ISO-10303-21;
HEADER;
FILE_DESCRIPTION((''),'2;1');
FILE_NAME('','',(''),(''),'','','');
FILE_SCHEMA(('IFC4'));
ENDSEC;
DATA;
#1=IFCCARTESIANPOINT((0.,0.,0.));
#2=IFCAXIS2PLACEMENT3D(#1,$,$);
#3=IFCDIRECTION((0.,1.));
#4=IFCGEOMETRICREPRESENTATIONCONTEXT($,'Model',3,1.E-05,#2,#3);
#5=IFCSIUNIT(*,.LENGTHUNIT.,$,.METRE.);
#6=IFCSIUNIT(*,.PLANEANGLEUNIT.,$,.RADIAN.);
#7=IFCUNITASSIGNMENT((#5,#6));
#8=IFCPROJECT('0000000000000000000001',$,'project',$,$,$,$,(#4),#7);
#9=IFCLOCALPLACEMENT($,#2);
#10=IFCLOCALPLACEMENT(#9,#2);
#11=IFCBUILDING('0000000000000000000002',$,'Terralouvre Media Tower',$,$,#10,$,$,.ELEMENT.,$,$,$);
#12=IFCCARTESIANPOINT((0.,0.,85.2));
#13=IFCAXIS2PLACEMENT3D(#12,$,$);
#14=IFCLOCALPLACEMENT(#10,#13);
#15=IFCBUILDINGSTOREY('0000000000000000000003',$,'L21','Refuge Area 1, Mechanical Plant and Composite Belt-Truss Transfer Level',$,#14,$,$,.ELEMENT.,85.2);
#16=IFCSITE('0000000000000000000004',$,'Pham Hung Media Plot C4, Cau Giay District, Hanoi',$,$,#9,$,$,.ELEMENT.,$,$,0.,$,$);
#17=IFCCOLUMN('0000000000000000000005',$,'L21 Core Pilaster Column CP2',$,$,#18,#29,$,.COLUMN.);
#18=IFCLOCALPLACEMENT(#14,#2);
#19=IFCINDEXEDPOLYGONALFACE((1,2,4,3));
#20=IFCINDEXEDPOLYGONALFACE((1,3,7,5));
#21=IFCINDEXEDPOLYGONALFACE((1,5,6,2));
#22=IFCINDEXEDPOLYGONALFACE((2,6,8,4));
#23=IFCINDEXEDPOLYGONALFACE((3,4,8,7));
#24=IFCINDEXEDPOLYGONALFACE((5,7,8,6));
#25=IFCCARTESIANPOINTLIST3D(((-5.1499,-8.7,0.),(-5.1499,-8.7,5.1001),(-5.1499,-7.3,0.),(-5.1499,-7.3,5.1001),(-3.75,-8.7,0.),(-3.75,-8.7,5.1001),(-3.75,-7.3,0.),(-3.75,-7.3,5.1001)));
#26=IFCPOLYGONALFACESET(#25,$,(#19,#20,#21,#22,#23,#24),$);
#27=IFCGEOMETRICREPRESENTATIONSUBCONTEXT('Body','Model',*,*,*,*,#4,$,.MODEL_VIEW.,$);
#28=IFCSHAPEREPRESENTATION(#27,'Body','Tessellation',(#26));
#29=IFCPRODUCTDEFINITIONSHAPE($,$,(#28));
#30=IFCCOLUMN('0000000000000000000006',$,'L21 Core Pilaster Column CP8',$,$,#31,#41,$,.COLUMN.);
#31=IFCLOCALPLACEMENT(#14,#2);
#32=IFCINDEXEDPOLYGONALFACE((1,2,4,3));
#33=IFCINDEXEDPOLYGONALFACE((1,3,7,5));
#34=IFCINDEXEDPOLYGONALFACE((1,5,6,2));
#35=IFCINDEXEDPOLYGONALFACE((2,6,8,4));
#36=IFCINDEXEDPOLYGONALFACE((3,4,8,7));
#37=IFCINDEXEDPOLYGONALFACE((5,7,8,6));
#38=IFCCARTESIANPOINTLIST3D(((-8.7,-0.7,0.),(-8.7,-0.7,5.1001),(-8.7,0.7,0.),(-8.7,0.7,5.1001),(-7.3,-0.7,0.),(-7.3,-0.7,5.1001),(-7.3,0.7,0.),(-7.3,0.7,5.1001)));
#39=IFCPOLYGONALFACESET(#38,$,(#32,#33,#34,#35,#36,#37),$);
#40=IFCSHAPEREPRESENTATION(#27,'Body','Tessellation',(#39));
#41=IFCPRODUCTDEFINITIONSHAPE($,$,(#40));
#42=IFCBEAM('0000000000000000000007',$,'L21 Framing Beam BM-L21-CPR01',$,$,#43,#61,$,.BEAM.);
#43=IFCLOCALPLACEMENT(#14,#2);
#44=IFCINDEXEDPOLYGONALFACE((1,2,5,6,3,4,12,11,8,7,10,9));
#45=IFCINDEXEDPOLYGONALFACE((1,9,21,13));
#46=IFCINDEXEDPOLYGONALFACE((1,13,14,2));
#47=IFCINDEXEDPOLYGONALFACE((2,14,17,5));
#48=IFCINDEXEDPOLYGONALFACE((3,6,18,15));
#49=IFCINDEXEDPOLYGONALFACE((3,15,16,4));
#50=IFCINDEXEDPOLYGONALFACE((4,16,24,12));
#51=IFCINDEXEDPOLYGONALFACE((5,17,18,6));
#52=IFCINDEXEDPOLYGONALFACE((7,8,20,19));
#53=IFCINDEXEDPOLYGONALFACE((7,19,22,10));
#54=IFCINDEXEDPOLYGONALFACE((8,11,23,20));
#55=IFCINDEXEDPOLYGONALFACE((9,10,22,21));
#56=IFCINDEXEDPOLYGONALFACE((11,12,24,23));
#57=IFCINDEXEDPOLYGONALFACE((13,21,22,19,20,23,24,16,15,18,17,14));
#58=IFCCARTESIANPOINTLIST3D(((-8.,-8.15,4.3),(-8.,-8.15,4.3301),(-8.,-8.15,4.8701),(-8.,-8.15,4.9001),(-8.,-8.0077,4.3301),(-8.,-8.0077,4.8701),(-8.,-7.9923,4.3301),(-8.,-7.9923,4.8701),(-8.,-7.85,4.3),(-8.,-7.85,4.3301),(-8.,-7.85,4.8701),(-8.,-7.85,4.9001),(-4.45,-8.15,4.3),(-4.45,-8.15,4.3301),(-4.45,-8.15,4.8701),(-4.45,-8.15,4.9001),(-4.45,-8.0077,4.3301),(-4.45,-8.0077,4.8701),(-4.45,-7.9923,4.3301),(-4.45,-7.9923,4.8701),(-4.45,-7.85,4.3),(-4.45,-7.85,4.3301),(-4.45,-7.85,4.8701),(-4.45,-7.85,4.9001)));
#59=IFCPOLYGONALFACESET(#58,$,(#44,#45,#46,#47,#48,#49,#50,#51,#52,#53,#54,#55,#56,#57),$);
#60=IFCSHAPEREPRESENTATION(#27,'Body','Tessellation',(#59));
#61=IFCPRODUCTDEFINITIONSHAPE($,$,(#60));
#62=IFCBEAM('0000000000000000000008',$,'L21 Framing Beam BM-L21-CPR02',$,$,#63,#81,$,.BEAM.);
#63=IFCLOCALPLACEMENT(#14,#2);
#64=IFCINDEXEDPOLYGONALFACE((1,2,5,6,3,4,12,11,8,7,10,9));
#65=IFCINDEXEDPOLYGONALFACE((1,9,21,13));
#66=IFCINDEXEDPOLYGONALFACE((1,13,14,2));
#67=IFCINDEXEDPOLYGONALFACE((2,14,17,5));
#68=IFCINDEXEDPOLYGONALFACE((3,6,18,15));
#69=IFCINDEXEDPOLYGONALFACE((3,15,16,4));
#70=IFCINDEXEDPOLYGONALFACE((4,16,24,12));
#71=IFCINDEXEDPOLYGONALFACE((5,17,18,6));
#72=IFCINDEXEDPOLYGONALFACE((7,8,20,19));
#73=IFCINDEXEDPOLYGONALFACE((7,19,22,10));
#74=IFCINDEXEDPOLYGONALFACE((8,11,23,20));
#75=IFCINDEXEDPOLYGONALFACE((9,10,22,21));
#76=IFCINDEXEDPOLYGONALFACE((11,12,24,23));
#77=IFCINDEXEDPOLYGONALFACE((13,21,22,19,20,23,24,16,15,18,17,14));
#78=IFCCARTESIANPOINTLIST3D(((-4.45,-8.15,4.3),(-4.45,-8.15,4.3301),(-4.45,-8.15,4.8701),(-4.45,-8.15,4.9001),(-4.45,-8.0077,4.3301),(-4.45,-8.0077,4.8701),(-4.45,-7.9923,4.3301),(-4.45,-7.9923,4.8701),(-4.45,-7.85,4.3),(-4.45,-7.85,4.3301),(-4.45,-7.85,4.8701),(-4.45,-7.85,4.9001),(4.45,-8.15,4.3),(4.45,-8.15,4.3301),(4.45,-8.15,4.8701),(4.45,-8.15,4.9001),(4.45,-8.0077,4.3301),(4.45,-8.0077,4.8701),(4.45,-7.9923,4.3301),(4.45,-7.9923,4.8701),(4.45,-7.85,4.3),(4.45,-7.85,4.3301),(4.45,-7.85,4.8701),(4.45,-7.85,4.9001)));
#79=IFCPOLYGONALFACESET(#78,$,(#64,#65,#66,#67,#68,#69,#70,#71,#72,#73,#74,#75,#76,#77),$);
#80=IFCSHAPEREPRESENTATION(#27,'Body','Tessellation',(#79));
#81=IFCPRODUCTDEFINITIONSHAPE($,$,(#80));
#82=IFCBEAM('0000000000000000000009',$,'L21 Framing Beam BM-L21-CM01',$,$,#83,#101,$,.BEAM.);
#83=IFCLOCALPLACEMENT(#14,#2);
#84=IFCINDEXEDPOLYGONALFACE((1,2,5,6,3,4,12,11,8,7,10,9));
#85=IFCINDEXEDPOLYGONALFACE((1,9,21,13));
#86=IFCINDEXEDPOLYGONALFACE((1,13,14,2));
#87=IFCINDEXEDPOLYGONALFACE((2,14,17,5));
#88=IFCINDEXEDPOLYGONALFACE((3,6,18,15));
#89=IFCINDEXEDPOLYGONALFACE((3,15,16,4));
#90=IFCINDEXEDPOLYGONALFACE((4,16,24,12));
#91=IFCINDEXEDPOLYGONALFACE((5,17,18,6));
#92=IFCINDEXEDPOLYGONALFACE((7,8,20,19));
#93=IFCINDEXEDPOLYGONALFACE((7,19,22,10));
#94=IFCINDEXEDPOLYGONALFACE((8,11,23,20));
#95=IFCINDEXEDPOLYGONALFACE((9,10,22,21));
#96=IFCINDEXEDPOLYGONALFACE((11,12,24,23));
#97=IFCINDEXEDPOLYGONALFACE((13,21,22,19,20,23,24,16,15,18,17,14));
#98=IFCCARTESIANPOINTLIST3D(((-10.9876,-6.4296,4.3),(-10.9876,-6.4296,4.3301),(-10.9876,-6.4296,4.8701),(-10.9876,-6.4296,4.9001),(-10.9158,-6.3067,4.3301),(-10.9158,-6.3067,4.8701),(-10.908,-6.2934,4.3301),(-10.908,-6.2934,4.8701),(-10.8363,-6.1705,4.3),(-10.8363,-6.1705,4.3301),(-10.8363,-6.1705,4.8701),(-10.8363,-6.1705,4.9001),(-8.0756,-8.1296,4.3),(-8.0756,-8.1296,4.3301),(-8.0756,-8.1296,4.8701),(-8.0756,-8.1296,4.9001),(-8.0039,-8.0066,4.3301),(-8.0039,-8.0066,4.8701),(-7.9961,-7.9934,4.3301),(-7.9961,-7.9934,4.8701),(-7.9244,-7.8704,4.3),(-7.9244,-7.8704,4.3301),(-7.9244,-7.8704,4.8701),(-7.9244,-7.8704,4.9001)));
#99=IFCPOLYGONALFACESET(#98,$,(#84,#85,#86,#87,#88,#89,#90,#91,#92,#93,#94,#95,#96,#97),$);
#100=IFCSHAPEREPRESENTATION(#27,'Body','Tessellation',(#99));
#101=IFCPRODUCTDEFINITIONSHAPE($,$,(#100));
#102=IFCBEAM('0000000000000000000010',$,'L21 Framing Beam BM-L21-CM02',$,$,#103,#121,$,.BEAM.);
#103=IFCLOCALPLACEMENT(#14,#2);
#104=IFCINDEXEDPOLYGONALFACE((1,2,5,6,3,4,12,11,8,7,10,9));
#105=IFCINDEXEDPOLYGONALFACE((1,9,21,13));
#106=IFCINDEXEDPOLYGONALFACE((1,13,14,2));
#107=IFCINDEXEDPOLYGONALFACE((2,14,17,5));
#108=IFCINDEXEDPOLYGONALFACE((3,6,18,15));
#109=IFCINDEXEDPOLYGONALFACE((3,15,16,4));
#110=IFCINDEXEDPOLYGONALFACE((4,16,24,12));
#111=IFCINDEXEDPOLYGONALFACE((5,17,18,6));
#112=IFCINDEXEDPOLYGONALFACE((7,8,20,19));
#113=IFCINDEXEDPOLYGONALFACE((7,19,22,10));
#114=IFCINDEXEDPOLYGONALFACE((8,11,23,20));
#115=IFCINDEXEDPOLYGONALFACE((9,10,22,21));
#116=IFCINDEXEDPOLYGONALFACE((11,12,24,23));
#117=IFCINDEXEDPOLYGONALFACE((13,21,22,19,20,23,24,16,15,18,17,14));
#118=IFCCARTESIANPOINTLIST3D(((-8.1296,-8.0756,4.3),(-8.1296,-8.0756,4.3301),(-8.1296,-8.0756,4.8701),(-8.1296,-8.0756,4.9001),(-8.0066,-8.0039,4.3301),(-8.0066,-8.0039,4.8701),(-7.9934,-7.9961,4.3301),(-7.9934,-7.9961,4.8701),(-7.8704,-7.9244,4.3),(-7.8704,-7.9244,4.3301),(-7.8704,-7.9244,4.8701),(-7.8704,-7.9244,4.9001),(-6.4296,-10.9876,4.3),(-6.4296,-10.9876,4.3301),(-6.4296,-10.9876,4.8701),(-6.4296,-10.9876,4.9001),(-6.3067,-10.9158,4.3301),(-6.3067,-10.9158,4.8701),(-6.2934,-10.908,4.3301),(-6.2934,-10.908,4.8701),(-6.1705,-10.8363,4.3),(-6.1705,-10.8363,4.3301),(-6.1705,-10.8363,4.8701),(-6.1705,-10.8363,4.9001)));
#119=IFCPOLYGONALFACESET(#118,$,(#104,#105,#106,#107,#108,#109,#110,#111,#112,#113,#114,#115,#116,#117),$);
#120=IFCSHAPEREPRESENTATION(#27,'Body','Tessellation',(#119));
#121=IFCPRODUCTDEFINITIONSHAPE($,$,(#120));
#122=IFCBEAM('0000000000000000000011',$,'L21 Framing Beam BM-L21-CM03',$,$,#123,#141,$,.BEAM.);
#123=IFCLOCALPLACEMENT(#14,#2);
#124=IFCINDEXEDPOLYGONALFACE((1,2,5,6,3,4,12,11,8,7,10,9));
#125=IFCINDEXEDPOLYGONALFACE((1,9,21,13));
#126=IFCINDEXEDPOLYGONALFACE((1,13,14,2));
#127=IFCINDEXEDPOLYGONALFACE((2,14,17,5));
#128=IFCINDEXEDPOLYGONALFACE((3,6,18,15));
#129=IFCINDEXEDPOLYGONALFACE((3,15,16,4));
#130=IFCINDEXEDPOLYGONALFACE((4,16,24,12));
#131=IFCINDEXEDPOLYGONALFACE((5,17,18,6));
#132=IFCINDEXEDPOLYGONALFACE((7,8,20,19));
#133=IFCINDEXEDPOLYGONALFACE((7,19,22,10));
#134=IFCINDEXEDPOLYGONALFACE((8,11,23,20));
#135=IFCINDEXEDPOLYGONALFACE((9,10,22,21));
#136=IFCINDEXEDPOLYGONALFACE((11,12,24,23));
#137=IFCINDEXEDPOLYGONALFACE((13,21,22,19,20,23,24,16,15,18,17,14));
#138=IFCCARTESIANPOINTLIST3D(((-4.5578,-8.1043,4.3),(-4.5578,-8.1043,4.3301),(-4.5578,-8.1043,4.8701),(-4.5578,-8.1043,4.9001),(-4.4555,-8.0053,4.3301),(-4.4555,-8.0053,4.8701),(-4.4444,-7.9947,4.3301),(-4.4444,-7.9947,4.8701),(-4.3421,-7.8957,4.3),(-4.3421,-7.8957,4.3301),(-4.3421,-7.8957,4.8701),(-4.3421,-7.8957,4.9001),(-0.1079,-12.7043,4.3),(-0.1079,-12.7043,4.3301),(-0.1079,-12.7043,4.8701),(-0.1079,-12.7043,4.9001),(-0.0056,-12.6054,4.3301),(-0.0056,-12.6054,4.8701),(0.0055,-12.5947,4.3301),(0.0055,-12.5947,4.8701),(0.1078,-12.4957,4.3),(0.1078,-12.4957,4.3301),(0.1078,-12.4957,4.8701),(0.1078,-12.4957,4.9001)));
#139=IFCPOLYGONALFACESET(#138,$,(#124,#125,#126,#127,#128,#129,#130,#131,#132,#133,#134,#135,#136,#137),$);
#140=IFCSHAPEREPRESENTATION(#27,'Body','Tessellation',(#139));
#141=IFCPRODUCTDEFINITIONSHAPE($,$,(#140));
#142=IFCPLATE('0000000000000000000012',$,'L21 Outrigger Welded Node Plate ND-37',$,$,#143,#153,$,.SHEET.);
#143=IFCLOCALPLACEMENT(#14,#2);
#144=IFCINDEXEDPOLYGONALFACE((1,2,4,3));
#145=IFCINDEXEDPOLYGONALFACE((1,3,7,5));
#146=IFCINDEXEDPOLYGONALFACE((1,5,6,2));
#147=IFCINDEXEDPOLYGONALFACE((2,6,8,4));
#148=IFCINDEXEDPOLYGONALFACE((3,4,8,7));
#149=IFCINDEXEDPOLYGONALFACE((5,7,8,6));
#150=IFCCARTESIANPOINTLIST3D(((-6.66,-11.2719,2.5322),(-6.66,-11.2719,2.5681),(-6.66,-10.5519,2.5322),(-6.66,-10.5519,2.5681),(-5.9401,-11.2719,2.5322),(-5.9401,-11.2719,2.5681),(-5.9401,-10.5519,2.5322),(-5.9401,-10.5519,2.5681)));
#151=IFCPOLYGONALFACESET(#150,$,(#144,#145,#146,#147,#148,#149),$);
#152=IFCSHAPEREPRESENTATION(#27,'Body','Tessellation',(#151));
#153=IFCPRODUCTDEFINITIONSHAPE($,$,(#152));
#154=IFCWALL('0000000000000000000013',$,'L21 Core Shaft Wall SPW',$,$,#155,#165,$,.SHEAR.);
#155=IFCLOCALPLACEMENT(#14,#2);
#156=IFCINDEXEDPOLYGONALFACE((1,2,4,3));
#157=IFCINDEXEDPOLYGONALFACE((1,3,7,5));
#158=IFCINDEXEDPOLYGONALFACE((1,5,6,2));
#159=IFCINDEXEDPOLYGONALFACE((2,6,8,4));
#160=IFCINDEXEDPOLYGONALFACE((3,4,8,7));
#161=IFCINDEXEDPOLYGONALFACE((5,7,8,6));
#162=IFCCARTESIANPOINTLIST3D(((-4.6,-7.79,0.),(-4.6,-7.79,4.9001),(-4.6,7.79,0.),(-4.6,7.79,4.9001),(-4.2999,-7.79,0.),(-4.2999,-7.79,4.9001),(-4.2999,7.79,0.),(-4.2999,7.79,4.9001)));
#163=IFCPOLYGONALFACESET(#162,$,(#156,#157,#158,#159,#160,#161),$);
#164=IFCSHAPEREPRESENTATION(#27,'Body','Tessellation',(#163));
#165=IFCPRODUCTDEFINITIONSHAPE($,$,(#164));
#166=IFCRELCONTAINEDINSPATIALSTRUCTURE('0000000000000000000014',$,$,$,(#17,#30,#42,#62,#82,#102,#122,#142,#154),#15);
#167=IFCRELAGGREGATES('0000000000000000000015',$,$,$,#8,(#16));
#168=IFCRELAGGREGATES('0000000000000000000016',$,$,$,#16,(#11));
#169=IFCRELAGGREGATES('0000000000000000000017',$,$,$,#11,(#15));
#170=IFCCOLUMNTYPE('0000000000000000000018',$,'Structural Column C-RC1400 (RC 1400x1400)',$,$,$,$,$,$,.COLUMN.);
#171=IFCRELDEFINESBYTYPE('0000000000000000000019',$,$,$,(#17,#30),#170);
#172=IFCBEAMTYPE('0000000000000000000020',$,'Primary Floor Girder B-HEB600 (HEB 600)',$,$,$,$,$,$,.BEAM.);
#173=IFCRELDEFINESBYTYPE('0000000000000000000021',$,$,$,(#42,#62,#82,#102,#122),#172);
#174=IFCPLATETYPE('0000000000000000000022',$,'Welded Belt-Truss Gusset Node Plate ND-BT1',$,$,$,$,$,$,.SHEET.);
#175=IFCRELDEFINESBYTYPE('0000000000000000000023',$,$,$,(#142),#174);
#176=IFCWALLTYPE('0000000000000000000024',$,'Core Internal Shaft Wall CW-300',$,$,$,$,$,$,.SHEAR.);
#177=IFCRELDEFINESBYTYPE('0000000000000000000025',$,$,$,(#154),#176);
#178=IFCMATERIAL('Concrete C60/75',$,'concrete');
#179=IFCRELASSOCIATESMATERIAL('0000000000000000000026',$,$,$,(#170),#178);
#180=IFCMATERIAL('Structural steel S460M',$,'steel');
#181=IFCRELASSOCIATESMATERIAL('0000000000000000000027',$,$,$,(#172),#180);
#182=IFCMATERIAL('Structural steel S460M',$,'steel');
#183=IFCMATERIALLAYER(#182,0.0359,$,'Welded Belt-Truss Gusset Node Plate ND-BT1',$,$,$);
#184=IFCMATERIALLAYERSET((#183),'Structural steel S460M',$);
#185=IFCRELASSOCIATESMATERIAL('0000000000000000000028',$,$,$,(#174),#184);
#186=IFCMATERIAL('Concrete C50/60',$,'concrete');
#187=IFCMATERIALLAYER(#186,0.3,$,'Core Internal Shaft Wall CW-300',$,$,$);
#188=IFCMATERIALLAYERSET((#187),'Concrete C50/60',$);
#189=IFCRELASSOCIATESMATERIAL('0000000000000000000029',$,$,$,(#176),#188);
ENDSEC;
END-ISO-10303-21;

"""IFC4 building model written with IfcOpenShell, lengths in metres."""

from ifc_helpers import new_model, si_unit, direction, frame, frame_2d, origin, origin_2d, place, context, subcontext, project, spatial, rectangle, i_section, extrude, material, layer, layer_set, material_profile, profile_set, type_object, element, save


model = new_model("IFC4")

# Units and contexts
model_context = context("Model", 3, precision=1e-05, world=origin(), true_north=direction((0.0, 1.0)))
body_context = subcontext(model_context, "Body", "Model", "MODEL_VIEW")
ifc_project = project(units=[si_unit("LENGTHUNIT", "METRE"), si_unit("PLANEANGLEUNIT", "RADIAN")], contexts=[model_context])

# Site, building, storey
site_placement = place(None, origin())
site = spatial("IfcSite", under=ifc_project, at=site_placement, Name="Pham Hung Media Plot C4, Cau Giay District, Hanoi", CompositionType="ELEMENT", RefElevation=0.0)
building_placement = place(site_placement, origin())
building = spatial("IfcBuilding", under=site, at=building_placement, Name="Terralouvre Media Tower", CompositionType="ELEMENT")
storey_placement = place(building_placement, frame((0.0, 0.0, 85.2)))
storey = spatial("IfcBuildingStorey", under=building, at=storey_placement, Name="L21", Description="Refuge Area 1, Mechanical Plant and Composite Belt-Truss Transfer Level", CompositionType="ELEMENT", Elevation=85.2)

# Columns
ifc_material_1 = material(Name="Concrete C60/75", Category="concrete")
ifc_material_profile_1 = material_profile(ifc_material_1, rectangle(XDim=1.3999, YDim=1.3999, at=origin_2d()), Name="RC 1400x1400")
ifc_profile_set_1 = profile_set([ifc_material_profile_1], Name="Concrete C60/75")
column_type = type_object("IfcColumnType", Name="Structural Column C-RC1400 (RC 1400x1400)", PredefinedType="COLUMN", material=ifc_profile_set_1)
for number, where, z_axis, x_axis, name in (
    (1, (-4.45, -8.0, 0.0), (0.0, 0.0, 1.0), (1.0, 0.0, 0.0), "L21 Core Pilaster Column CP2"),
    (2, (-8.0, 0.0, 0.0), (0.0, 0.0, 1.0), (1.0, 0.0, 0.0), "L21 Core Pilaster Column CP8"),
):
    element("IfcColumn", number, at=place(storey_placement, frame(where, z_axis=z_axis, x_axis=x_axis)), inside=storey, type_object=column_type, Name=name, PredefinedType="COLUMN", context=body_context, shape_type="SweptSolid", body=[
        extrude(rectangle(XDim=1.3999, YDim=1.3999, at=origin_2d()), origin(), (0.0, 0.0, 1.0), 5.1001),
    ])

# Beams
ifc_material_2 = material(Name="Structural steel S460M", Category="steel")
ifc_material_profile_2 = material_profile(ifc_material_2, i_section(OverallWidth=0.3, OverallDepth=0.6001, WebThickness=0.0154, FlangeThickness=0.03, at=origin_2d()), Name="HEB 600")
ifc_profile_set_2 = profile_set([ifc_material_profile_2], Name="Structural steel S460M")
beam_type = type_object("IfcBeamType", Name="Primary Floor Girder B-HEB600 (HEB 600)", PredefinedType="BEAM", material=ifc_profile_set_2)
beam_1_placement = place(storey_placement, frame((-8.0, -8.0, 4.6001), z_axis=(1.0, 0.0, 0.0), x_axis=(0.0, 1.0, 0.0)))
element("IfcBeam", 3, at=beam_1_placement, inside=storey, type_object=beam_type, Name="L21 Framing Beam BM-L21-CPR01", PredefinedType="BEAM", context=body_context, shape_type="SweptSolid", body=[
    extrude(i_section(OverallWidth=0.3, OverallDepth=0.6001, WebThickness=0.0154, FlangeThickness=0.03, at=origin_2d()), origin(), (0.0, 0.0, 1.0), 3.55),
])
beam_2_placement = place(storey_placement, frame((-4.45, -8.0, 4.6001), z_axis=(1.0, 0.0, 0.0), x_axis=(0.0, 1.0, 0.0)))
element("IfcBeam", 4, at=beam_2_placement, inside=storey, type_object=beam_type, Name="L21 Framing Beam BM-L21-CPR02", PredefinedType="BEAM", context=body_context, shape_type="SweptSolid", body=[
    extrude(i_section(OverallWidth=0.3, OverallDepth=0.6001, WebThickness=0.0154, FlangeThickness=0.03, at=origin_2d()), origin(), (0.0, 0.0, 1.0), 8.8999),
])
for number, where, z_axis, x_axis, name in (
    (5, (-8.0, -8.0, 4.6001), (-0.863603, 0.504173, 0.0), (-0.504173, -0.863603, 0.0), "L21 Framing Beam BM-L21-CM01"),
    (6, (-8.0, -8.0, 4.6001), (0.504173, -0.863603, 0.0), (0.863603, 0.504173, 0.0), "L21 Framing Beam BM-L21-CM02"),
):
    element("IfcBeam", number, at=place(storey_placement, frame(where, z_axis=z_axis, x_axis=x_axis)), inside=storey, type_object=beam_type, Name=name, PredefinedType="BEAM", context=body_context, shape_type="SweptSolid", body=[
        extrude(i_section(OverallWidth=0.3, OverallDepth=0.6001, WebThickness=0.0154, FlangeThickness=0.03, at=origin_2d()), origin(), (0.0, 0.0, 1.0), 3.3718),
    ])
beam_3_placement = place(storey_placement, frame((-4.45, -8.0, 4.6001), z_axis=(0.69528, -0.718739, 0.0), x_axis=(0.718739, 0.69528, 0.0)))
element("IfcBeam", 7, at=beam_3_placement, inside=storey, type_object=beam_type, Name="L21 Framing Beam BM-L21-CM03", PredefinedType="BEAM", context=body_context, shape_type="SweptSolid", body=[
    extrude(i_section(OverallWidth=0.3, OverallDepth=0.6001, WebThickness=0.0154, FlangeThickness=0.03, at=origin_2d()), origin(), (0.0, 0.0, 1.0), 6.4001),
])

# Plate
ifc_material_3 = material(Name="Structural steel S460M", Category="steel")
ifc_layer_1 = layer(ifc_material_3, 0.0359, Name="Welded Belt-Truss Gusset Node Plate ND-BT1")
ifc_layer_set_1 = layer_set([ifc_layer_1], Name="Structural steel S460M")
plate_type = type_object("IfcPlateType", Name="Welded Belt-Truss Gusset Node Plate ND-BT1", PredefinedType="SHEET", material=ifc_layer_set_1)
plate_placement = place(storey_placement, frame((-6.3, -10.9119, 2.5322), z_axis=(0.0, 0.0, 1.0), x_axis=(1.0, 0.0, 0.0)))
element("IfcPlate", 8, at=plate_placement, inside=storey, type_object=plate_type, Name="L21 Outrigger Welded Node Plate ND-37", PredefinedType="SHEET", context=body_context, shape_type="SweptSolid", body=[
    extrude(rectangle(XDim=0.72, YDim=0.72, at=origin_2d()), origin(), (0.0, 0.0, 1.0), 0.0359),
])

# Wall
ifc_material_4 = material(Name="Concrete C50/60", Category="concrete")
ifc_layer_2 = layer(ifc_material_4, 0.3, Name="Core Internal Shaft Wall CW-300")
ifc_layer_set_2 = layer_set([ifc_layer_2], Name="Concrete C50/60")
wall_type_1 = type_object("IfcWallType", Name="Core Internal Shaft Wall CW-300", PredefinedType="SHEAR", material=ifc_layer_set_2)
wall_1_placement = place(storey_placement, frame((-4.45, -7.79, 0.0), z_axis=(0.0, 0.0, 1.0), x_axis=(0.0, 1.0, 0.0)))
element("IfcWall", 9, at=wall_1_placement, inside=storey, type_object=wall_type_1, Name="L21 Core Shaft Wall SPW", PredefinedType="SHEAR", context=body_context, shape_type="SweptSolid", body=[
    extrude(rectangle(XDim=15.5801, YDim=0.3, at=frame_2d((7.79, 0.0))), origin(), (0.0, 0.0, 1.0), 4.9001),
])

save(model, "model.ifc")
